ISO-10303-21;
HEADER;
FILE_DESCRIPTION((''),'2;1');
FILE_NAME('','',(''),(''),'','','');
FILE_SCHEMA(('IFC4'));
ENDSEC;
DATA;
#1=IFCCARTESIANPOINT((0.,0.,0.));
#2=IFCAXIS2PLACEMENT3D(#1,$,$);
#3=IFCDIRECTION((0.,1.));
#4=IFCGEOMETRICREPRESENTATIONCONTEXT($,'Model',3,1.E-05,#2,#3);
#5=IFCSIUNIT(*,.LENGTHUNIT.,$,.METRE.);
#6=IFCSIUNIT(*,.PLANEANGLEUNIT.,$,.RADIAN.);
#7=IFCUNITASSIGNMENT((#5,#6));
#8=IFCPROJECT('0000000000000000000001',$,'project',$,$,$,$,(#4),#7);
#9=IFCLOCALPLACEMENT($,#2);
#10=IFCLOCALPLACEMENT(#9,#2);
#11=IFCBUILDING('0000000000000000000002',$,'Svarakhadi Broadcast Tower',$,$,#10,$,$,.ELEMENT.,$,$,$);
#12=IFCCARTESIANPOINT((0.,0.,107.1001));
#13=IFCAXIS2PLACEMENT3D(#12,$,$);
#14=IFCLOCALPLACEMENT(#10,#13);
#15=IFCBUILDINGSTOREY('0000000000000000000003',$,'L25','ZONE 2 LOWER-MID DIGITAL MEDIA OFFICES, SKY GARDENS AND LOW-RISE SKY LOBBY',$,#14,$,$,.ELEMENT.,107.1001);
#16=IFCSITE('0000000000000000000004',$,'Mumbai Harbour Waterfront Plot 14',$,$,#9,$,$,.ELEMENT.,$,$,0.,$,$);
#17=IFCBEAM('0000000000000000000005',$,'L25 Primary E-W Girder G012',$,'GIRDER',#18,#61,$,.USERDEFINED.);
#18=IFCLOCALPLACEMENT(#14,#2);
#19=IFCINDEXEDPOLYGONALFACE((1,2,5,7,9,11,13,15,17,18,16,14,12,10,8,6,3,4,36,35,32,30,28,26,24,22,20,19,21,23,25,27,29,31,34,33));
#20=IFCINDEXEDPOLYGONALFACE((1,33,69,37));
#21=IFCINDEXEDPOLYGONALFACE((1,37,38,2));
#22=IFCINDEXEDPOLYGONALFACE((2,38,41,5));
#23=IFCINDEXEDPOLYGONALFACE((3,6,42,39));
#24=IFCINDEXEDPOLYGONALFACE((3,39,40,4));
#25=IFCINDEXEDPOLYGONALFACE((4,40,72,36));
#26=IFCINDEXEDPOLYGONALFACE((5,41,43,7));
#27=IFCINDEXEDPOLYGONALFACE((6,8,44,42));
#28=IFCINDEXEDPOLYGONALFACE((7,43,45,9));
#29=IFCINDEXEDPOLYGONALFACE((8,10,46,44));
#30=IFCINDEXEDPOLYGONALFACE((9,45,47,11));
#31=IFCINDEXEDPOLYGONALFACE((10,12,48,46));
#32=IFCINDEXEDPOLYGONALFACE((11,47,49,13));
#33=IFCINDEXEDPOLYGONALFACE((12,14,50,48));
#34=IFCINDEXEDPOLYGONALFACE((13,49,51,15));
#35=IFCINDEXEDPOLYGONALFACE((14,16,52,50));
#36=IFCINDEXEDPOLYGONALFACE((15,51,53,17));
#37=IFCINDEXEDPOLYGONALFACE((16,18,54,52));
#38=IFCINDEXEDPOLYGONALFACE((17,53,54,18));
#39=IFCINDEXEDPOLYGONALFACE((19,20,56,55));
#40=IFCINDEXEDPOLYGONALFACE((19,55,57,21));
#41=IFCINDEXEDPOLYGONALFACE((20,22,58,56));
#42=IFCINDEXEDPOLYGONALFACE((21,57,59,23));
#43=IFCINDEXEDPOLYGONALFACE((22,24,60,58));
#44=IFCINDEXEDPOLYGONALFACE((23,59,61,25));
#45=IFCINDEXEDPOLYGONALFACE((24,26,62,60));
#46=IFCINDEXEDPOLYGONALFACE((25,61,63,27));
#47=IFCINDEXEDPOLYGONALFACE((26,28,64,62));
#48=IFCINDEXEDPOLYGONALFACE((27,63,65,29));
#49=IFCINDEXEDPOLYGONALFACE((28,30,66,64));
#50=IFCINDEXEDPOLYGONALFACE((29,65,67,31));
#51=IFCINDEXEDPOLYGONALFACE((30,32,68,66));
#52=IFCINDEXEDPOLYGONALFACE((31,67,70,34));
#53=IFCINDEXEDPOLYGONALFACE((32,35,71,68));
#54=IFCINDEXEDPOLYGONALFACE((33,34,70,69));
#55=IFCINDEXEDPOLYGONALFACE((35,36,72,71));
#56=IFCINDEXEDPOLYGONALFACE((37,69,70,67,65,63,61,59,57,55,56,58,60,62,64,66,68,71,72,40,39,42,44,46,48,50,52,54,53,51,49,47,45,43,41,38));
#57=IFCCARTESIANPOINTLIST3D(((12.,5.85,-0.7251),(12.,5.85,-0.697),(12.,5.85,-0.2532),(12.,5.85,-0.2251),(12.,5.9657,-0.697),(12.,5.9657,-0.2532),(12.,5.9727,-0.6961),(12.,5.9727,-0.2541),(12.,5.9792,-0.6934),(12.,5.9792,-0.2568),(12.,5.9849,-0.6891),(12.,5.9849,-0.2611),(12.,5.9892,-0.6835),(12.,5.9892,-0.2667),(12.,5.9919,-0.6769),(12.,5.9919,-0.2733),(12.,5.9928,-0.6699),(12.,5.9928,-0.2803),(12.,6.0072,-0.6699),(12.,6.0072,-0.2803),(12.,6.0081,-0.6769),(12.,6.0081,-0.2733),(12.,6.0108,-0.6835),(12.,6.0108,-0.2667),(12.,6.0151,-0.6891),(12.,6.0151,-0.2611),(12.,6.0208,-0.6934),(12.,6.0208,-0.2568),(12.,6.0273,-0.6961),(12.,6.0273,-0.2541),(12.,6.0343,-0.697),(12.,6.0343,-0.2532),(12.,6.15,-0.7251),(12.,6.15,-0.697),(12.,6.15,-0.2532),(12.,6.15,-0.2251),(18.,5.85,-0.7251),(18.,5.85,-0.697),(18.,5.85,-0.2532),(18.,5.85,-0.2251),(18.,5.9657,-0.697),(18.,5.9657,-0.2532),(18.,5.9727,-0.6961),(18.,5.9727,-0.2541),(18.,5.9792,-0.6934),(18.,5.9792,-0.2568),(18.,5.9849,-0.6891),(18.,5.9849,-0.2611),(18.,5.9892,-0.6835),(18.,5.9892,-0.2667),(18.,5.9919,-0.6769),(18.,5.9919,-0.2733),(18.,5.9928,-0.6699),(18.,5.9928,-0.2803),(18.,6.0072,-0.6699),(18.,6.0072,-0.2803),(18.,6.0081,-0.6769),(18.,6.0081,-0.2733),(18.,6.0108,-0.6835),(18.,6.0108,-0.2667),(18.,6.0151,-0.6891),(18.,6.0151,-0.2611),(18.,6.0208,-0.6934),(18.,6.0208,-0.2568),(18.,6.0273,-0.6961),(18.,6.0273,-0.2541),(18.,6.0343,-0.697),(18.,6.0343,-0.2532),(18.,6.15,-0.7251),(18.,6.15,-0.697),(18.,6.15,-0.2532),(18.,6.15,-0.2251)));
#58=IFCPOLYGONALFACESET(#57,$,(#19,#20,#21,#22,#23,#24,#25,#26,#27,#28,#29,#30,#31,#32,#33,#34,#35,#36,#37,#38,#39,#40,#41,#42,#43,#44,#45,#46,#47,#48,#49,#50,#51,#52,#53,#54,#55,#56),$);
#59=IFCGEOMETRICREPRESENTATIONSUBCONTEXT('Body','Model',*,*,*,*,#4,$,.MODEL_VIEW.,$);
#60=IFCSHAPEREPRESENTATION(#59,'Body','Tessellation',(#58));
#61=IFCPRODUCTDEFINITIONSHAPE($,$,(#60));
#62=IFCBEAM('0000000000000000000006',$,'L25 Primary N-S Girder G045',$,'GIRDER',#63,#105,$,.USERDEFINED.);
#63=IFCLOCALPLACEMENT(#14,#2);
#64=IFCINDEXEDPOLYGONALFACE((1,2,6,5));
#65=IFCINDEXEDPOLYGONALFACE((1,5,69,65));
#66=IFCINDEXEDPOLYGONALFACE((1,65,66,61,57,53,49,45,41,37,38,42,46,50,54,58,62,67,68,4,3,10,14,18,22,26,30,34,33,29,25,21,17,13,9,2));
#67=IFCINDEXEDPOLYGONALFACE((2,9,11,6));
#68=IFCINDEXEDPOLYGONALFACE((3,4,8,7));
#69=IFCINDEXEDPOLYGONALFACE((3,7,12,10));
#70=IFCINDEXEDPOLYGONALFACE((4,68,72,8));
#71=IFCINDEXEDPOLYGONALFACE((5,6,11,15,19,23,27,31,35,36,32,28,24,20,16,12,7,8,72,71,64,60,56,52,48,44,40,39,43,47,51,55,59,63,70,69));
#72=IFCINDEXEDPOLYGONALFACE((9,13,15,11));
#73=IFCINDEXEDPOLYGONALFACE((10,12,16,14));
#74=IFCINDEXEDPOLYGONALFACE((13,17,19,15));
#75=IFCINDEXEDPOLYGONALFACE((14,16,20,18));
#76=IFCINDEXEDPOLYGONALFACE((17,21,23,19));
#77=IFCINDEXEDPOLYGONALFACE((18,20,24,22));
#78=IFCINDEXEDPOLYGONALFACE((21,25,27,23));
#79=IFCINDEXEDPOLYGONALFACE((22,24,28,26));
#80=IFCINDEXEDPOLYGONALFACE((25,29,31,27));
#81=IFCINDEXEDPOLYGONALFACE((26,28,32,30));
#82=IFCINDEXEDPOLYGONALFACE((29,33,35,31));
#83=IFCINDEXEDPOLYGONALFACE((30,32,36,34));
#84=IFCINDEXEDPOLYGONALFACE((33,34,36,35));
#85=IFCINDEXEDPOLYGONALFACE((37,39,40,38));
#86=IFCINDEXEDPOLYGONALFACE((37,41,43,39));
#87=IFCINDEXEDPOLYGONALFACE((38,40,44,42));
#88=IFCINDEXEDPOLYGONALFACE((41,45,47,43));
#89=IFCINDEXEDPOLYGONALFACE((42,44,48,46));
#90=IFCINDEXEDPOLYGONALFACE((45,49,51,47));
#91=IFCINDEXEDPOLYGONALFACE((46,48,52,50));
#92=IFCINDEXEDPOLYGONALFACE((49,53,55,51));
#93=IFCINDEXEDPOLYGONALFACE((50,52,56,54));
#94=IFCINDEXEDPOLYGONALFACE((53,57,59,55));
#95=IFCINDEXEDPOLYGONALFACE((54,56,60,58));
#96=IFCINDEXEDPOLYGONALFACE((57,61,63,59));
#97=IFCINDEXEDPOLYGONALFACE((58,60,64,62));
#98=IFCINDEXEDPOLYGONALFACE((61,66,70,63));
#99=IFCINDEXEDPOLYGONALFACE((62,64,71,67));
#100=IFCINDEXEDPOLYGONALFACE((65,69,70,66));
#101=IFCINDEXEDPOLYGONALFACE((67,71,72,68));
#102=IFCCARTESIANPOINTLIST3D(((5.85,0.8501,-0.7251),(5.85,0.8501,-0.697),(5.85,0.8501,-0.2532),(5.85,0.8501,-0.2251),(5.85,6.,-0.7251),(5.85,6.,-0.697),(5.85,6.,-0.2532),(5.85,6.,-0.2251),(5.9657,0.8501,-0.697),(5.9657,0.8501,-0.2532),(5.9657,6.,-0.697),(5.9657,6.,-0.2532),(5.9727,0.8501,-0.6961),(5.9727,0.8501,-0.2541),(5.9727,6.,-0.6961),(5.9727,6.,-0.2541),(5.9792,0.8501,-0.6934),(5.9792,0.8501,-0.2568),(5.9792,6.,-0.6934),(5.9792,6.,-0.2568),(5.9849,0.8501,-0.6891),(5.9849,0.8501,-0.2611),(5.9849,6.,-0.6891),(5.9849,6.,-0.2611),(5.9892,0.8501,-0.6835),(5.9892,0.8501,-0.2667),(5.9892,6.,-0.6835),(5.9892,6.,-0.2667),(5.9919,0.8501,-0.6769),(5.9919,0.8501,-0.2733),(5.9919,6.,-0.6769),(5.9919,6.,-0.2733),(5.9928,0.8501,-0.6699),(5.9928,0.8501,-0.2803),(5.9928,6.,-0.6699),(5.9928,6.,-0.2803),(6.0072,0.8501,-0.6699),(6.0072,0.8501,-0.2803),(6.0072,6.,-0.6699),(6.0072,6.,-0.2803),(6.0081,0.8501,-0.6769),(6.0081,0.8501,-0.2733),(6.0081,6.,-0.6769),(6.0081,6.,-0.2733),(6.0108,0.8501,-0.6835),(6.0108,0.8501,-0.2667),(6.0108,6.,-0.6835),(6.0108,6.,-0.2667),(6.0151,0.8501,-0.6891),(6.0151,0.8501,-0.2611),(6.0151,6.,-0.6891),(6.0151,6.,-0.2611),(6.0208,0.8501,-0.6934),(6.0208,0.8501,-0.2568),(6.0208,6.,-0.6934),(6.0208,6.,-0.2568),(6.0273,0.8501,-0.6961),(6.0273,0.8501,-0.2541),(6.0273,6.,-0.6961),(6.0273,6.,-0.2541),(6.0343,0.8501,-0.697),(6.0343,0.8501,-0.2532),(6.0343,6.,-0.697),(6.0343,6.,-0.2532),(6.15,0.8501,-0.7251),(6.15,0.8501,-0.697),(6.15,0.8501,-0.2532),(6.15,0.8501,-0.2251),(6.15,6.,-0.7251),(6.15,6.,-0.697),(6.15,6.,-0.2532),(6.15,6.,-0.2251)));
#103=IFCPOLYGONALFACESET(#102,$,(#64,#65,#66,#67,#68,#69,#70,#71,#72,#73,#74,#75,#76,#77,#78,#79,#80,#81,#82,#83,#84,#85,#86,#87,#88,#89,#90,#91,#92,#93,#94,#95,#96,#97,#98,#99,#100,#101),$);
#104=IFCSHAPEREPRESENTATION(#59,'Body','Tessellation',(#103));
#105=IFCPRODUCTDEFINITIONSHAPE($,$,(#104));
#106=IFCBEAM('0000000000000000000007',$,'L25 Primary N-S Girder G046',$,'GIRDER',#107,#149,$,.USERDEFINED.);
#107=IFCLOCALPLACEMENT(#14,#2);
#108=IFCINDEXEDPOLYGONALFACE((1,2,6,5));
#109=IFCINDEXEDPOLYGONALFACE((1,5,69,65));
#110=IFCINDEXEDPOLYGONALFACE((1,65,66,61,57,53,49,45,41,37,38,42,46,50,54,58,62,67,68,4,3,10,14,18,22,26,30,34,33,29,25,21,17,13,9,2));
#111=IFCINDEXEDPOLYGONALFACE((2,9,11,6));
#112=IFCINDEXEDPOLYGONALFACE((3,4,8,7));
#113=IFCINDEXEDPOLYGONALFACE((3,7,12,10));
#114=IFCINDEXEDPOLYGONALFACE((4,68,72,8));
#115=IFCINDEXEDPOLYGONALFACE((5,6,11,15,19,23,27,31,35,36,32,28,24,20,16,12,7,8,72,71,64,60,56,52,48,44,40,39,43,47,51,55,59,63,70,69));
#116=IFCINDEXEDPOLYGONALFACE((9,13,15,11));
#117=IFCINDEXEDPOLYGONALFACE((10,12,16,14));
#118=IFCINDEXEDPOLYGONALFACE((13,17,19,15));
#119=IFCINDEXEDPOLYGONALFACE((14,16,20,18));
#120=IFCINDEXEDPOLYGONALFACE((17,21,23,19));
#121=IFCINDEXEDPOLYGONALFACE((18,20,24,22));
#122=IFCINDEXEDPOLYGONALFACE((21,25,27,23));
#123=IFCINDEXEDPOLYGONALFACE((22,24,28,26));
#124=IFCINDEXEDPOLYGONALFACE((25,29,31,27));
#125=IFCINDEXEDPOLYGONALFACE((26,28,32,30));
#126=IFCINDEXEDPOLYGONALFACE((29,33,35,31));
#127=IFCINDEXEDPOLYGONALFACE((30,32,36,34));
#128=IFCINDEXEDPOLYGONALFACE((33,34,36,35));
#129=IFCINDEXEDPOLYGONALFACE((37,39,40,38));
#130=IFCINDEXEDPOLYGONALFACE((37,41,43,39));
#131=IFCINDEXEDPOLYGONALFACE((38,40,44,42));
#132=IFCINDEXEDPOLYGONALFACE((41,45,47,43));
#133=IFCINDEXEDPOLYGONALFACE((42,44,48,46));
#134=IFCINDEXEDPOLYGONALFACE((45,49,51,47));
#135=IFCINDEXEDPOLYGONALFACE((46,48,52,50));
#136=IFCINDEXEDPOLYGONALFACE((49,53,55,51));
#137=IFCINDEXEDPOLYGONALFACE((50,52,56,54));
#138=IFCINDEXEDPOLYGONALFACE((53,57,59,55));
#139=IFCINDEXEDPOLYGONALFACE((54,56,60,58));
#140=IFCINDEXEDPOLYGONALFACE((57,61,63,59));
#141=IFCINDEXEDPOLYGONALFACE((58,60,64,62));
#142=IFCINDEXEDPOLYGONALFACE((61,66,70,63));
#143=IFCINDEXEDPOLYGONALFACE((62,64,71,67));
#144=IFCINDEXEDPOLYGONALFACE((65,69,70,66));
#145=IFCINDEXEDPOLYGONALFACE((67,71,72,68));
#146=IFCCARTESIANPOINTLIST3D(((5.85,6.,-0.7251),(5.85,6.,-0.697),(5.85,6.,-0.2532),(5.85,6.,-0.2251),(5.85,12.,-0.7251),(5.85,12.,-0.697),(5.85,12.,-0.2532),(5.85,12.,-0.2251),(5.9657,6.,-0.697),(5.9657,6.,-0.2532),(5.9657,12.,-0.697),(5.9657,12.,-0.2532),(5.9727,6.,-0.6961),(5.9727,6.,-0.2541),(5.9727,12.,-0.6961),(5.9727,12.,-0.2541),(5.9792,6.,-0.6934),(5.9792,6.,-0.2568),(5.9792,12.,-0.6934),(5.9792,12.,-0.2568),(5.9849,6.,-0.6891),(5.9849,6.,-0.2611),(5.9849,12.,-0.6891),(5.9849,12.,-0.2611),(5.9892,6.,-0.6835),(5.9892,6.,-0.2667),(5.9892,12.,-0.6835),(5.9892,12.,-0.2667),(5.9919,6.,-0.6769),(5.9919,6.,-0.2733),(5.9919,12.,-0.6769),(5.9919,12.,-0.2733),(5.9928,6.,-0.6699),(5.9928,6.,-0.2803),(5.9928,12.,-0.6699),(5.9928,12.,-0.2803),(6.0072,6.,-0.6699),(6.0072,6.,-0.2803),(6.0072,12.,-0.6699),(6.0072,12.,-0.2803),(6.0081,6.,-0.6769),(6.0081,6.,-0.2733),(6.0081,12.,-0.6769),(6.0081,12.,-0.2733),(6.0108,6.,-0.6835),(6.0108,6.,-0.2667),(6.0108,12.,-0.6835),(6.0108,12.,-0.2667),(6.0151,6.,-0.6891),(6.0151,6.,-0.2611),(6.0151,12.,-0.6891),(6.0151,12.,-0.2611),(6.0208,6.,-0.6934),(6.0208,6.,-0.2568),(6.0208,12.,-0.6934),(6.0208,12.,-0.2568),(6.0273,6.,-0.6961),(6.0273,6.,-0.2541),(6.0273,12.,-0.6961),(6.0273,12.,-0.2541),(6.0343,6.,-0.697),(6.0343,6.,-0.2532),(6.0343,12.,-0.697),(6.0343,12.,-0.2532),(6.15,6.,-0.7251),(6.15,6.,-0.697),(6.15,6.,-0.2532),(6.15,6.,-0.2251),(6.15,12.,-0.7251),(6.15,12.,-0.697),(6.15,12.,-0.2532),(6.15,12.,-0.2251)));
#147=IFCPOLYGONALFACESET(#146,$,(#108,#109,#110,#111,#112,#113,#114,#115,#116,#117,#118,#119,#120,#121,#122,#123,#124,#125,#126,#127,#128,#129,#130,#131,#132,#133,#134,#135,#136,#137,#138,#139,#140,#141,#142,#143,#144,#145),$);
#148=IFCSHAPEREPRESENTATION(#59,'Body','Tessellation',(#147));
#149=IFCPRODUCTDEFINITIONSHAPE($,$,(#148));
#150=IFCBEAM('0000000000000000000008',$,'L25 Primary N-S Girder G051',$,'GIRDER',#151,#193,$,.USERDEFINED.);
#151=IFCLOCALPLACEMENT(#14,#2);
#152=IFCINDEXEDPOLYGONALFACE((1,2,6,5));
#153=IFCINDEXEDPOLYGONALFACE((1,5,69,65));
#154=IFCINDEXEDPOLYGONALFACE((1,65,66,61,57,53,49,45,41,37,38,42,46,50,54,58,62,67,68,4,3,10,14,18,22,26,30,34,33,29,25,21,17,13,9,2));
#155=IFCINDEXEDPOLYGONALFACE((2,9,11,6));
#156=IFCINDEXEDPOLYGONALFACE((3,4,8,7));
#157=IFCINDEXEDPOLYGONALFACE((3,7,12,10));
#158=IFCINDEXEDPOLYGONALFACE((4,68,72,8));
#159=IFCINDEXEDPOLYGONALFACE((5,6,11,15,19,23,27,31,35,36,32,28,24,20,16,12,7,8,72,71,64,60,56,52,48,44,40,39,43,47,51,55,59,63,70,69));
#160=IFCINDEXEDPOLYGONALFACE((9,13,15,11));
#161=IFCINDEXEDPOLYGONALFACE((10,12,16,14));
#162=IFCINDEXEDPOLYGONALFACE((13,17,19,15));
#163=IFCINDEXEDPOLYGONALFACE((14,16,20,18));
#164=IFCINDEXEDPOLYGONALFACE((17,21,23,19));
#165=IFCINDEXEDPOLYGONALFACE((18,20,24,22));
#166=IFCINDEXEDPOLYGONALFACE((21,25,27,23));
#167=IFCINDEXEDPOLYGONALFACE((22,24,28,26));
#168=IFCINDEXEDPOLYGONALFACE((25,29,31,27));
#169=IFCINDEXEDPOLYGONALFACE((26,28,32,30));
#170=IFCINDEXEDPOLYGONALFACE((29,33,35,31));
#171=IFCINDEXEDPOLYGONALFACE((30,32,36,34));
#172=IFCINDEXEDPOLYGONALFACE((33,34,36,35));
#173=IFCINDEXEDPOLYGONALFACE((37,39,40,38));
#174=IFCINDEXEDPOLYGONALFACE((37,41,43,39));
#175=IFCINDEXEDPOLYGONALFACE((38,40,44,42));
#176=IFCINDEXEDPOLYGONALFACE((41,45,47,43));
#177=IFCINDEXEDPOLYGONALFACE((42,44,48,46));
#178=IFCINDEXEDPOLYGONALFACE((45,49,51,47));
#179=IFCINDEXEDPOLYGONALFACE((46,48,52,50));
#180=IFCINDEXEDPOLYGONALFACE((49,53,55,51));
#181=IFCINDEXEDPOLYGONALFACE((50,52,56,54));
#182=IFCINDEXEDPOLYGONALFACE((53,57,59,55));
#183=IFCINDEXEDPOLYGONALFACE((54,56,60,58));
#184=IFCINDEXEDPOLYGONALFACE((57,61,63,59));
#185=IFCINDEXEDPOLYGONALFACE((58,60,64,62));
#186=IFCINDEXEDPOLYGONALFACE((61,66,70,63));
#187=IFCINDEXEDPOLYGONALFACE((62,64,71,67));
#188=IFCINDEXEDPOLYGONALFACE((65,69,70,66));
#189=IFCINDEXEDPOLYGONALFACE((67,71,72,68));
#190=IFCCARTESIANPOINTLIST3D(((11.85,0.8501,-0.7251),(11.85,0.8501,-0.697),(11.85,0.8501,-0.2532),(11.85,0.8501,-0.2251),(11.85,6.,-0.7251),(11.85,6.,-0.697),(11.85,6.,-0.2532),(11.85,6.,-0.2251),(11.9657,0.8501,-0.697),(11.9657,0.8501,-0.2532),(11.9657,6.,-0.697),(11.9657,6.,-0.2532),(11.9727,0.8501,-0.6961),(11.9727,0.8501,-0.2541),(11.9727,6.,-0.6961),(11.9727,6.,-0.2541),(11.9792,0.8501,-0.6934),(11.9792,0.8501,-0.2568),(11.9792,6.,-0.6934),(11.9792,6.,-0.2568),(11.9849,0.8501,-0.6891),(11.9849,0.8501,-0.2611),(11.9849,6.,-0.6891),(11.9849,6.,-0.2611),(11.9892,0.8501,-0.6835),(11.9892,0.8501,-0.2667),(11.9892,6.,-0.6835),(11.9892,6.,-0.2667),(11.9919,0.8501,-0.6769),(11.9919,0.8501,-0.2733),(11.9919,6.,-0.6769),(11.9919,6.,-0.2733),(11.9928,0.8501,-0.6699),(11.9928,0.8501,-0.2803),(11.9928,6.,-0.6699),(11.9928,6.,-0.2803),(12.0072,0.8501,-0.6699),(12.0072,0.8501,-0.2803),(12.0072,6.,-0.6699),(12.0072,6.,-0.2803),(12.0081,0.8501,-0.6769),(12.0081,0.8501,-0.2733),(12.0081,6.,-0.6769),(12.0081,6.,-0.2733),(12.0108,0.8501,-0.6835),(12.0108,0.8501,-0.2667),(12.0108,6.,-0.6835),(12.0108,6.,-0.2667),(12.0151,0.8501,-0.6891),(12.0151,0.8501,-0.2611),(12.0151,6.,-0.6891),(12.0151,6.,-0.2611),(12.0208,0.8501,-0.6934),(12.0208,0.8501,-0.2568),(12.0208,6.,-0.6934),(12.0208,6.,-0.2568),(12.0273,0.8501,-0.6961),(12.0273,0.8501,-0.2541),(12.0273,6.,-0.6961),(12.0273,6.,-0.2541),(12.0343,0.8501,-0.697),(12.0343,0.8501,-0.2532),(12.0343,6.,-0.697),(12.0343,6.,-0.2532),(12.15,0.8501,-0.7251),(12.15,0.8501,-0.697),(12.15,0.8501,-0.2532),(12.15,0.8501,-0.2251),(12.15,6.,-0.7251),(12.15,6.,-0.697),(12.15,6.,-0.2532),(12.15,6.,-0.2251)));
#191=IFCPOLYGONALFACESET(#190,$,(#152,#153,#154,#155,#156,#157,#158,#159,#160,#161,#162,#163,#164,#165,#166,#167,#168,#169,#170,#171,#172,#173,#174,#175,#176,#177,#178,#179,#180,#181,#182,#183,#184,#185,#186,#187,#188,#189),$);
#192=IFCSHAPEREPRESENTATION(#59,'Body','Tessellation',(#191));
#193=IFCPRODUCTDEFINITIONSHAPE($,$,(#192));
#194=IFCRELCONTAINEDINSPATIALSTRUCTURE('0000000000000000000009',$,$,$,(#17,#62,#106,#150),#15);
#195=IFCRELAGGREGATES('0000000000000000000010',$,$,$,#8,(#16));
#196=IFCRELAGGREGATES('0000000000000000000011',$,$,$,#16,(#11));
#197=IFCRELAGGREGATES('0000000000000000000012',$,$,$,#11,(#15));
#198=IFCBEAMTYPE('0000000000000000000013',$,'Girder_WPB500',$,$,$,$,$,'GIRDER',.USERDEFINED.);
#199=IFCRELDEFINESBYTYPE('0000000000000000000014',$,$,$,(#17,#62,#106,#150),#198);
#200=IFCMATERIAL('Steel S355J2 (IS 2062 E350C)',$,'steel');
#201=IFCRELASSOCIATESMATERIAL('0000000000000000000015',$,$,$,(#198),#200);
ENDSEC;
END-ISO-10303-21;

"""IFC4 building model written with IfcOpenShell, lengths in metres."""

from ifc_helpers import new_model, si_unit, direction, frame, origin, origin_2d, place, context, subcontext, project, spatial, i_section, extrude, material, material_profile, profile_set, type_object, element, save


model = new_model("IFC4")

# Units and contexts
model_context = context("Model", 3, precision=1e-05, world=origin(), true_north=direction((0.0, 1.0)))
body_context = subcontext(model_context, "Body", "Model", "MODEL_VIEW")
ifc_project = project(units=[si_unit("LENGTHUNIT", "METRE"), si_unit("PLANEANGLEUNIT", "RADIAN")], contexts=[model_context])

# Site, building, storey
site_placement = place(None, origin())
site = spatial("IfcSite", under=ifc_project, at=site_placement, Name="Mumbai Harbour Waterfront Plot 14", CompositionType="ELEMENT", RefElevation=0.0)
building_placement = place(site_placement, origin())
building = spatial("IfcBuilding", under=site, at=building_placement, Name="Svarakhadi Broadcast Tower", CompositionType="ELEMENT")
storey_placement = place(building_placement, frame((0.0, 0.0, 107.1001)))
storey = spatial("IfcBuildingStorey", under=building, at=storey_placement, Name="L25", Description="ZONE 2 LOWER-MID DIGITAL MEDIA OFFICES, SKY GARDENS AND LOW-RISE SKY LOBBY", CompositionType="ELEMENT", Elevation=107.1001)

# Shared definitions
ifc_material_1 = material(Name="Steel S355J2 (IS 2062 E350C)", Category="steel")

# Beams
ifc_material_profile_1 = material_profile(ifc_material_1, i_section(OverallWidth=0.3, OverallDepth=0.5, WebThickness=0.0144, FlangeThickness=0.0281, FilletRadius=0.0271, at=origin_2d()), Name="WPB 500x300x187")
ifc_profile_set_1 = profile_set([ifc_material_profile_1], Name="Steel S355J2 (IS 2062 E350C)")
beam_type_1 = type_object("IfcBeamType", Name="Girder_WPB500", ElementType="GIRDER", PredefinedType="USERDEFINED", material=ifc_profile_set_1)
for number, where, z_axis, x_axis, name in (
    (1, (12.0, 6.0, -0.4751), (1.0, 0.0, 0.0), (0.0, 1.0, 0.0), "L25 Primary E-W Girder G012"),
):
    element("IfcBeam", number, at=place(storey_placement, frame(where, z_axis=z_axis, x_axis=x_axis)), inside=storey, type_object=beam_type_1, Name=name, ObjectType="GIRDER", PredefinedType="USERDEFINED", context=body_context, shape_type="SweptSolid", body=[
        extrude(i_section(OverallWidth=0.3, OverallDepth=0.5, WebThickness=0.0144, FlangeThickness=0.0281, FilletRadius=0.0271, at=origin_2d()), origin(), (0.0, 0.0, 1.0), 6.0),
    ])
beam_1_placement = place(storey_placement, frame((6.0, 0.8501, -0.4751), z_axis=(0.0, 1.0, 0.0), x_axis=(-1.0, 0.0, 0.0)))
element("IfcBeam", 2, at=beam_1_placement, inside=storey, type_object=beam_type_1, Name="L25 Primary N-S Girder G045", ObjectType="GIRDER", PredefinedType="USERDEFINED", context=body_context, shape_type="SweptSolid", body=[
    extrude(i_section(OverallWidth=0.3, OverallDepth=0.5, WebThickness=0.0144, FlangeThickness=0.0281, FilletRadius=0.0271, at=origin_2d()), origin(), (0.0, 0.0, 1.0), 5.1499),
])
beam_2_placement = place(storey_placement, frame((6.0, 6.0, -0.4751), z_axis=(0.0, 1.0, 0.0), x_axis=(-1.0, 0.0, 0.0)))
element("IfcBeam", 3, at=beam_2_placement, inside=storey, type_object=beam_type_1, Name="L25 Primary N-S Girder G046", ObjectType="GIRDER", PredefinedType="USERDEFINED", context=body_context, shape_type="SweptSolid", body=[
    extrude(i_section(OverallWidth=0.3, OverallDepth=0.5, WebThickness=0.0144, FlangeThickness=0.0281, FilletRadius=0.0271, at=origin_2d()), origin(), (0.0, 0.0, 1.0), 6.0),
])
beam_3_placement = place(storey_placement, frame((12.0, 0.8501, -0.4751), z_axis=(0.0, 1.0, 0.0), x_axis=(-1.0, 0.0, 0.0)))
element("IfcBeam", 4, at=beam_3_placement, inside=storey, type_object=beam_type_1, Name="L25 Primary N-S Girder G051", ObjectType="GIRDER", PredefinedType="USERDEFINED", context=body_context, shape_type="SweptSolid", body=[
    extrude(i_section(OverallWidth=0.3, OverallDepth=0.5, WebThickness=0.0144, FlangeThickness=0.0281, FilletRadius=0.0271, at=origin_2d()), origin(), (0.0, 0.0, 1.0), 5.1499),
])

save(model, "model.ifc")
